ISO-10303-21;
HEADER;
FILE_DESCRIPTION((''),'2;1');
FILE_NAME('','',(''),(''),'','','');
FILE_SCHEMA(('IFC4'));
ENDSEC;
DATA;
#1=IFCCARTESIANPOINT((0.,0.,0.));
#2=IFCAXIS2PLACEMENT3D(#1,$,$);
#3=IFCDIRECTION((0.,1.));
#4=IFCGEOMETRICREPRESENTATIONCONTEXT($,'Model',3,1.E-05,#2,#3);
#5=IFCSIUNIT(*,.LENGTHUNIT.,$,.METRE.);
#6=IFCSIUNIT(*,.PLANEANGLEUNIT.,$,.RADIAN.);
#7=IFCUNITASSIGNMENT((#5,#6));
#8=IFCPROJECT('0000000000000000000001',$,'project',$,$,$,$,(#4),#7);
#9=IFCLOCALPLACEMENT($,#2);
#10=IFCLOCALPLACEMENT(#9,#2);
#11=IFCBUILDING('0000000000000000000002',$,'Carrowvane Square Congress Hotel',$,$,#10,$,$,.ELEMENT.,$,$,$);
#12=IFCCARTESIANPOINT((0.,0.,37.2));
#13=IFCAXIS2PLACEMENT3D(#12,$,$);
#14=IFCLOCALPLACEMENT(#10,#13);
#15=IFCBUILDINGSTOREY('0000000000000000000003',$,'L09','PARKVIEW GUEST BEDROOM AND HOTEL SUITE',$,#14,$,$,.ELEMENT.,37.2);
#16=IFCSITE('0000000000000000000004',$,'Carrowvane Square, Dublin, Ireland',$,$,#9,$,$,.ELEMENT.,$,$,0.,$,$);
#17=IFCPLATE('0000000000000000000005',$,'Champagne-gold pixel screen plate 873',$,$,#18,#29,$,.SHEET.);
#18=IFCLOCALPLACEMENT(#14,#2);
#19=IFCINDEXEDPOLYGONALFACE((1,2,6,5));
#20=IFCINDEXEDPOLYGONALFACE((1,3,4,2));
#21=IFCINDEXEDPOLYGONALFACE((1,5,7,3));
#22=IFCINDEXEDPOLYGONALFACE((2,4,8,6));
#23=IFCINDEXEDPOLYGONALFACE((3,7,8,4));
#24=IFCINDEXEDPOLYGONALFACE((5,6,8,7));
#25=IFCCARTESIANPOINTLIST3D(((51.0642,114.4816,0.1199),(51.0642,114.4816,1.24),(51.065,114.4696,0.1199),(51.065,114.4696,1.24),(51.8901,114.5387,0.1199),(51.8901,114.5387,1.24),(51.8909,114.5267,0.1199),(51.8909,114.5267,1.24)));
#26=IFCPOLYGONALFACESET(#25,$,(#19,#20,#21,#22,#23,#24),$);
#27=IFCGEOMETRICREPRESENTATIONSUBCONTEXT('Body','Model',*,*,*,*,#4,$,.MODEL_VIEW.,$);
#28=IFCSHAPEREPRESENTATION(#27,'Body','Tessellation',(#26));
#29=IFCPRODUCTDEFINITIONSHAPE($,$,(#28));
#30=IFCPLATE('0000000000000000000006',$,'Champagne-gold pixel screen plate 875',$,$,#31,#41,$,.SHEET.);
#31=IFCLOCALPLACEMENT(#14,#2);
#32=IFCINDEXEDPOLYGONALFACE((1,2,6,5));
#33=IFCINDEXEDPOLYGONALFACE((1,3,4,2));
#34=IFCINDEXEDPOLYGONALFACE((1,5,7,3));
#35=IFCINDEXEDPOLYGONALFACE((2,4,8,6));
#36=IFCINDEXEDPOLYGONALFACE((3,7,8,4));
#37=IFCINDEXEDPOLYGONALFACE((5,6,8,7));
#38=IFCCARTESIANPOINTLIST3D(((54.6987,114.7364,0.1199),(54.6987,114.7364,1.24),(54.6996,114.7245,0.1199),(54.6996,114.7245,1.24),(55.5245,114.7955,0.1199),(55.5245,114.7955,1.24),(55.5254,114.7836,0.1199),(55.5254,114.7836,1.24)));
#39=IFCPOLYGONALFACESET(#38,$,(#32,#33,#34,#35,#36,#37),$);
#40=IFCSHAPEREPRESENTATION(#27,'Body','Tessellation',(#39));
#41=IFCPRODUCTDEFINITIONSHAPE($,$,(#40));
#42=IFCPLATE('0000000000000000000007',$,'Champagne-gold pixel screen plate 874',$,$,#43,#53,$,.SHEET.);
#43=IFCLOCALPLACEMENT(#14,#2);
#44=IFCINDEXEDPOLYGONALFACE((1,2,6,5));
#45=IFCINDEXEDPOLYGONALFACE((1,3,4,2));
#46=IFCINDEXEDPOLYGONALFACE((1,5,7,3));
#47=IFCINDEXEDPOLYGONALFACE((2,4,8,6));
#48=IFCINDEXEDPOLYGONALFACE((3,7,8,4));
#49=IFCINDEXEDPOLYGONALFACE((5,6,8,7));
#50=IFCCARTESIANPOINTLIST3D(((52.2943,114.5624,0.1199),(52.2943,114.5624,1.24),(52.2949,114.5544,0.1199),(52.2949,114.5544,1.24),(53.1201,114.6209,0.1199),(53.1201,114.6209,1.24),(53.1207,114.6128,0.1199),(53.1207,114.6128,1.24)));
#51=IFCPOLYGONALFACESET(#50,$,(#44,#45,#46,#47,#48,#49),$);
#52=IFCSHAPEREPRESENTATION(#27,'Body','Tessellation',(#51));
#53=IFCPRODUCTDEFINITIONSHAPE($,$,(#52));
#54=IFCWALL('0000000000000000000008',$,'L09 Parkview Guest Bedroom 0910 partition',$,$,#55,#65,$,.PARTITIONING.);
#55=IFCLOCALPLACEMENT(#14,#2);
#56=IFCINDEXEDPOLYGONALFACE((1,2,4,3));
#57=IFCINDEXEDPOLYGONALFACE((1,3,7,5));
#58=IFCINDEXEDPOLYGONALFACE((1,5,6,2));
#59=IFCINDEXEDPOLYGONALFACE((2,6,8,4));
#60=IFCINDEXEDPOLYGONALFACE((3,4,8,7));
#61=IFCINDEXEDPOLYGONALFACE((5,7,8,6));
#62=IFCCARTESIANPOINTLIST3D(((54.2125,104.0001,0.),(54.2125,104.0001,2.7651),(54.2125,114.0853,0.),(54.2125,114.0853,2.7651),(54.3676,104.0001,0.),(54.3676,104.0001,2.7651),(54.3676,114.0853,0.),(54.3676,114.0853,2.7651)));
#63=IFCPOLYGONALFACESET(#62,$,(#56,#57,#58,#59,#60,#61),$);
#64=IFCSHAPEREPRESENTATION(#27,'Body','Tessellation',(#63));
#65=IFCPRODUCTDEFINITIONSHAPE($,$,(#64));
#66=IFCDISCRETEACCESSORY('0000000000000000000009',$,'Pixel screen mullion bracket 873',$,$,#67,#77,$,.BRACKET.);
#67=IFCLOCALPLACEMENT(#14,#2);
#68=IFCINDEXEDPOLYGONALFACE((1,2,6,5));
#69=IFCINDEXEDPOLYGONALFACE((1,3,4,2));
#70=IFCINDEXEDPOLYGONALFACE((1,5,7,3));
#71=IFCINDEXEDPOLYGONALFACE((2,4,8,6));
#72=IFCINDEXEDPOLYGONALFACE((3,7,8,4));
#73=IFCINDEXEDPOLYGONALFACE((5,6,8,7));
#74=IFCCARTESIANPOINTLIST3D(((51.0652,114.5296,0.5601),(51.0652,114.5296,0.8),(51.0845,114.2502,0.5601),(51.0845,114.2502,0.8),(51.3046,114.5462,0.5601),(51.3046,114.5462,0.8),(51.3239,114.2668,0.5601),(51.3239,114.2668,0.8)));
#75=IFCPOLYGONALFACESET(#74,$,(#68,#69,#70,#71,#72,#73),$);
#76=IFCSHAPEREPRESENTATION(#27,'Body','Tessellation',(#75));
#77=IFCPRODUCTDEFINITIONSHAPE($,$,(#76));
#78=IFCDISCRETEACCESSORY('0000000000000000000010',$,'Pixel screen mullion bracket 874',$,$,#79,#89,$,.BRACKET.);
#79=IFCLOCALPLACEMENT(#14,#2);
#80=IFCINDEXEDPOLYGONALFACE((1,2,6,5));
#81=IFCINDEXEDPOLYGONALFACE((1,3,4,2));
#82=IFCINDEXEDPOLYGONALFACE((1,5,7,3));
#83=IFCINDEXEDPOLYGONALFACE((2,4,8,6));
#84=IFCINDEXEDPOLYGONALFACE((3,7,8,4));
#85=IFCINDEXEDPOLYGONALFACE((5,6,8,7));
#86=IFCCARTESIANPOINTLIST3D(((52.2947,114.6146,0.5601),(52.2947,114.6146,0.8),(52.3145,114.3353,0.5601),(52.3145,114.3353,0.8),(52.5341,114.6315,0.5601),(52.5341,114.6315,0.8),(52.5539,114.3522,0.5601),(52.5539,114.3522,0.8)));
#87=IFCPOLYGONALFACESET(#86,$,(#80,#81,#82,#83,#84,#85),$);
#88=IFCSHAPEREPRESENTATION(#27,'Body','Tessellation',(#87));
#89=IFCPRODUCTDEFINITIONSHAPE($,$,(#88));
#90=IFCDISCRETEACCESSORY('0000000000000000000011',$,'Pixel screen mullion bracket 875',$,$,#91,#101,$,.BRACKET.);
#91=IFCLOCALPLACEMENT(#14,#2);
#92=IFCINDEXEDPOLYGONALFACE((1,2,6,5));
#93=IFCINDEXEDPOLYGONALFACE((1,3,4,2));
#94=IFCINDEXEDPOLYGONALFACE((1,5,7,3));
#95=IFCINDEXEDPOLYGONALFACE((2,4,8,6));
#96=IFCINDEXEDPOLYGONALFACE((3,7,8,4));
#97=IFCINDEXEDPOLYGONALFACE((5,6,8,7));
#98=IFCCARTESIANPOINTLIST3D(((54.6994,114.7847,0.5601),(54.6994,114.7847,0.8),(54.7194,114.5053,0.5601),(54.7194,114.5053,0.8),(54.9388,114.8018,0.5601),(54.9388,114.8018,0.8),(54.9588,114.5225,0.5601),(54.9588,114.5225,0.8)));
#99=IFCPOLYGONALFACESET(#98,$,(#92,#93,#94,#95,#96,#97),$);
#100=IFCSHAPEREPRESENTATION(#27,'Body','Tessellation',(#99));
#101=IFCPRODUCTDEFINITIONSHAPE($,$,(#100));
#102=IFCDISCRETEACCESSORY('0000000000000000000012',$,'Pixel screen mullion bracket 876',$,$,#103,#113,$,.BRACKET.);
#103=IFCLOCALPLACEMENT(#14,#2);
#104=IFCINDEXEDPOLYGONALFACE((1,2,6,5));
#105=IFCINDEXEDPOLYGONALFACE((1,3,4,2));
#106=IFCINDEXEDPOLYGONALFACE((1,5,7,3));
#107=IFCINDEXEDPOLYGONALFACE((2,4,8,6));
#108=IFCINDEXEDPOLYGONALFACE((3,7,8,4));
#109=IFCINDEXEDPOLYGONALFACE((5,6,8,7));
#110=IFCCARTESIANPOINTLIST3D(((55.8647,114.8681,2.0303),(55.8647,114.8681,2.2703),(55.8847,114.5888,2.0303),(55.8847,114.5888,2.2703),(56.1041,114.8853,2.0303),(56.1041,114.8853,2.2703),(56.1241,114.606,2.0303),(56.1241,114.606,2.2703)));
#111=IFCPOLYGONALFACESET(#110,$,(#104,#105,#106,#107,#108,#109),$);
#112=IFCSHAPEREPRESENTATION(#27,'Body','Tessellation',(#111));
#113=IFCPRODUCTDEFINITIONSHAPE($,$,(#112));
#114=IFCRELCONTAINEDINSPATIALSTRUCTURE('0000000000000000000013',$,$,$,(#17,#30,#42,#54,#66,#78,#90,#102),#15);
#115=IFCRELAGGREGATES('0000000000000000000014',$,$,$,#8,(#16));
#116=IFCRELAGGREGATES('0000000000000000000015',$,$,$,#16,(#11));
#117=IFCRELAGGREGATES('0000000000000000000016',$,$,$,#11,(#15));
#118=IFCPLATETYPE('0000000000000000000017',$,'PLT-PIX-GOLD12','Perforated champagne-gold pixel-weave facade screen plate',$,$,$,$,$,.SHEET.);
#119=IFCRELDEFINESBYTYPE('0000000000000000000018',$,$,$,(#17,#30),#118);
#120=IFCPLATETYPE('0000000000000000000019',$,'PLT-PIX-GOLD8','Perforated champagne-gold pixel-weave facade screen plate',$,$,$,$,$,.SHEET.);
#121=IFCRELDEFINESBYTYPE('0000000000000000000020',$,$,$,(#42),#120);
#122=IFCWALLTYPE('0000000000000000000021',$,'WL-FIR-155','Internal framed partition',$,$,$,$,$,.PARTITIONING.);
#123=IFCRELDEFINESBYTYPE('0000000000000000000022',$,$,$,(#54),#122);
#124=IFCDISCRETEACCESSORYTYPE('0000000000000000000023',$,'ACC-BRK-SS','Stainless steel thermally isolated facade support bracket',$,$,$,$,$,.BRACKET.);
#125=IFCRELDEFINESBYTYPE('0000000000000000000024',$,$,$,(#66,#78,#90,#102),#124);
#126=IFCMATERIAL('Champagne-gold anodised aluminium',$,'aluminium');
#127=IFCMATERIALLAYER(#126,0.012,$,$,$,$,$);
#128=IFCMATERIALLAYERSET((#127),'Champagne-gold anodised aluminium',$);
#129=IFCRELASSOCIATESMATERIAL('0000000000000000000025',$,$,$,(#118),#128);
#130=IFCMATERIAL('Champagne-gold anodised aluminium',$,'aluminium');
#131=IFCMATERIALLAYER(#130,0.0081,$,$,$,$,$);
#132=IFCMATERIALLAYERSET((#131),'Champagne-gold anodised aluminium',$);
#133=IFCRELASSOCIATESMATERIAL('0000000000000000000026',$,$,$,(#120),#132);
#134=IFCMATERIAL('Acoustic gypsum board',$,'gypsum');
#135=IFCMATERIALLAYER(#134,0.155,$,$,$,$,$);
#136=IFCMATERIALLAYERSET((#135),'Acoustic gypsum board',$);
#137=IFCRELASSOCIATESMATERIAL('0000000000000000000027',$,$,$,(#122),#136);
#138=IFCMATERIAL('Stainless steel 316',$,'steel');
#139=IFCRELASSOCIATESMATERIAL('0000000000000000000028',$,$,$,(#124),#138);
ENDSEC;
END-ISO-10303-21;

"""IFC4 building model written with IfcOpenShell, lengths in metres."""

from ifc_helpers import new_model, si_unit, direction, frame, frame_2d, origin, origin_2d, place, context, subcontext, project, spatial, rectangle, extrude, material, layer, layer_set, type_object, element, save


model = new_model("IFC4")

# Units and contexts
model_context = context("Model", 3, precision=1e-05, world=origin(), true_north=direction((0.0, 1.0)))
body_context = subcontext(model_context, "Body", "Model", "MODEL_VIEW")
ifc_project = project(units=[si_unit("LENGTHUNIT", "METRE"), si_unit("PLANEANGLEUNIT", "RADIAN")], contexts=[model_context])

# Site, building, storey
site_placement = place(None, origin())
site = spatial("IfcSite", under=ifc_project, at=site_placement, Name="Carrowvane Square, Dublin, Ireland", CompositionType="ELEMENT", RefElevation=0.0)
building_placement = place(site_placement, origin())
building = spatial("IfcBuilding", under=site, at=building_placement, Name="Carrowvane Square Congress Hotel", CompositionType="ELEMENT")
storey_placement = place(building_placement, frame((0.0, 0.0, 37.2)))
storey = spatial("IfcBuildingStorey", under=building, at=storey_placement, Name="L09", Description="PARKVIEW GUEST BEDROOM AND HOTEL SUITE", CompositionType="ELEMENT", Elevation=37.2)

# Plates
ifc_material_1 = material(Name="Champagne-gold anodised aluminium", Category="aluminium")
ifc_layer_1 = layer(ifc_material_1, 0.012)
ifc_layer_set_1 = layer_set([ifc_layer_1], Name="Champagne-gold anodised aluminium")
plate_type_1 = type_object("IfcPlateType", Name="PLT-PIX-GOLD12", Description="Perforated champagne-gold pixel-weave facade screen plate", PredefinedType="SHEET", material=ifc_layer_set_1)
for number, where, z_axis, x_axis, name in (
    (1, (51.4775, 114.5042, 0.1199), (0.0, 0.0, 1.0), (0.997618, 0.068987, 0.0), "Champagne-gold pixel screen plate 873"),
    (2, (55.1121, 114.76, 0.1199), (0.0, 0.0, 1.0), (0.997446, 0.07142, 0.0), "Champagne-gold pixel screen plate 875"),
):
    element("IfcPlate", number, at=place(storey_placement, frame(where, z_axis=z_axis, x_axis=x_axis)), inside=storey, type_object=plate_type_1, Name=name, PredefinedType="SHEET", context=body_context, shape_type="SweptSolid", body=[
        extrude(rectangle(XDim=0.8279, YDim=0.012, at=origin_2d()), origin(), (0.0, 0.0, 1.0), 1.1201),
    ])
ifc_material_2 = material(Name="Champagne-gold anodised aluminium", Category="aluminium")
ifc_layer_2 = layer(ifc_material_2, 0.0081)
ifc_layer_set_2 = layer_set([ifc_layer_2], Name="Champagne-gold anodised aluminium")
plate_type_2 = type_object("IfcPlateType", Name="PLT-PIX-GOLD8", Description="Perforated champagne-gold pixel-weave facade screen plate", PredefinedType="SHEET", material=ifc_layer_set_2)
plate_1_placement = place(storey_placement, frame((52.7075, 114.5876, 0.1199), z_axis=(0.0, 0.0, 1.0), x_axis=(0.997506, 0.070585, 0.0)))
element("IfcPlate", 3, at=plate_1_placement, inside=storey, type_object=plate_type_2, Name="Champagne-gold pixel screen plate 874", PredefinedType="SHEET", context=body_context, shape_type="SweptSolid", body=[
    extrude(rectangle(XDim=0.8279, YDim=0.0081, at=origin_2d()), origin(), (0.0, 0.0, 1.0), 1.1201),
])

# Wall
ifc_material_3 = material(Name="Acoustic gypsum board", Category="gypsum")
ifc_layer_3 = layer(ifc_material_3, 0.155)
ifc_layer_set_3 = layer_set([ifc_layer_3], Name="Acoustic gypsum board")
wall_type = type_object("IfcWallType", Name="WL-FIR-155", Description="Internal framed partition", PredefinedType="PARTITIONING", material=ifc_layer_set_3)
wall_placement = place(storey_placement, frame((54.29, 114.0852, 0.0), z_axis=(0.0, 0.0, 1.0), x_axis=(0.0, -1.0, 0.0)))
element("IfcWall", 4, at=wall_placement, inside=storey, type_object=wall_type, Name="L09 Parkview Guest Bedroom 0910 partition", PredefinedType="PARTITIONING", context=body_context, shape_type="SweptSolid", body=[
    extrude(rectangle(XDim=10.0852, YDim=0.155, at=frame_2d((5.0425, 0.0))), origin(), (0.0, 0.0, 1.0), 2.7651),
])

# Discrete accessories
ifc_material_4 = material(Name="Stainless steel 316", Category="steel")
discrete_accessory_type = type_object("IfcDiscreteAccessoryType", Name="ACC-BRK-SS", Description="Stainless steel thermally isolated facade support bracket", PredefinedType="BRACKET", material=ifc_material_4)
for number, where, z_axis, x_axis, name in (
    (5, (51.1946, 114.3982, 0.5601), (0.0, 0.0, 1.0), (0.997618, 0.068987, 0.0), "Pixel screen mullion bracket 873"),
    (6, (52.4243, 114.4834, 0.5601), (0.0, 0.0, 1.0), (0.997506, 0.070585, 0.0), "Pixel screen mullion bracket 874"),
    (7, (54.8291, 114.6536, 0.5601), (0.0, 0.0, 1.0), (0.997446, 0.07142, 0.0), "Pixel screen mullion bracket 875"),
    (8, (55.9944, 114.7371, 2.0303), (0.0, 0.0, 1.0), (0.997446, 0.07142, 0.0), "Pixel screen mullion bracket 876"),
):
    element("IfcDiscreteAccessory", number, at=place(storey_placement, frame(where, z_axis=z_axis, x_axis=x_axis)), inside=storey, type_object=discrete_accessory_type, Name=name, PredefinedType="BRACKET", context=body_context, shape_type="SweptSolid", body=[
        extrude(rectangle(XDim=0.24, YDim=0.28, at=origin_2d()), origin(), (0.0, 0.0, 1.0), 0.24),
    ])

save(model, "model.ifc")
